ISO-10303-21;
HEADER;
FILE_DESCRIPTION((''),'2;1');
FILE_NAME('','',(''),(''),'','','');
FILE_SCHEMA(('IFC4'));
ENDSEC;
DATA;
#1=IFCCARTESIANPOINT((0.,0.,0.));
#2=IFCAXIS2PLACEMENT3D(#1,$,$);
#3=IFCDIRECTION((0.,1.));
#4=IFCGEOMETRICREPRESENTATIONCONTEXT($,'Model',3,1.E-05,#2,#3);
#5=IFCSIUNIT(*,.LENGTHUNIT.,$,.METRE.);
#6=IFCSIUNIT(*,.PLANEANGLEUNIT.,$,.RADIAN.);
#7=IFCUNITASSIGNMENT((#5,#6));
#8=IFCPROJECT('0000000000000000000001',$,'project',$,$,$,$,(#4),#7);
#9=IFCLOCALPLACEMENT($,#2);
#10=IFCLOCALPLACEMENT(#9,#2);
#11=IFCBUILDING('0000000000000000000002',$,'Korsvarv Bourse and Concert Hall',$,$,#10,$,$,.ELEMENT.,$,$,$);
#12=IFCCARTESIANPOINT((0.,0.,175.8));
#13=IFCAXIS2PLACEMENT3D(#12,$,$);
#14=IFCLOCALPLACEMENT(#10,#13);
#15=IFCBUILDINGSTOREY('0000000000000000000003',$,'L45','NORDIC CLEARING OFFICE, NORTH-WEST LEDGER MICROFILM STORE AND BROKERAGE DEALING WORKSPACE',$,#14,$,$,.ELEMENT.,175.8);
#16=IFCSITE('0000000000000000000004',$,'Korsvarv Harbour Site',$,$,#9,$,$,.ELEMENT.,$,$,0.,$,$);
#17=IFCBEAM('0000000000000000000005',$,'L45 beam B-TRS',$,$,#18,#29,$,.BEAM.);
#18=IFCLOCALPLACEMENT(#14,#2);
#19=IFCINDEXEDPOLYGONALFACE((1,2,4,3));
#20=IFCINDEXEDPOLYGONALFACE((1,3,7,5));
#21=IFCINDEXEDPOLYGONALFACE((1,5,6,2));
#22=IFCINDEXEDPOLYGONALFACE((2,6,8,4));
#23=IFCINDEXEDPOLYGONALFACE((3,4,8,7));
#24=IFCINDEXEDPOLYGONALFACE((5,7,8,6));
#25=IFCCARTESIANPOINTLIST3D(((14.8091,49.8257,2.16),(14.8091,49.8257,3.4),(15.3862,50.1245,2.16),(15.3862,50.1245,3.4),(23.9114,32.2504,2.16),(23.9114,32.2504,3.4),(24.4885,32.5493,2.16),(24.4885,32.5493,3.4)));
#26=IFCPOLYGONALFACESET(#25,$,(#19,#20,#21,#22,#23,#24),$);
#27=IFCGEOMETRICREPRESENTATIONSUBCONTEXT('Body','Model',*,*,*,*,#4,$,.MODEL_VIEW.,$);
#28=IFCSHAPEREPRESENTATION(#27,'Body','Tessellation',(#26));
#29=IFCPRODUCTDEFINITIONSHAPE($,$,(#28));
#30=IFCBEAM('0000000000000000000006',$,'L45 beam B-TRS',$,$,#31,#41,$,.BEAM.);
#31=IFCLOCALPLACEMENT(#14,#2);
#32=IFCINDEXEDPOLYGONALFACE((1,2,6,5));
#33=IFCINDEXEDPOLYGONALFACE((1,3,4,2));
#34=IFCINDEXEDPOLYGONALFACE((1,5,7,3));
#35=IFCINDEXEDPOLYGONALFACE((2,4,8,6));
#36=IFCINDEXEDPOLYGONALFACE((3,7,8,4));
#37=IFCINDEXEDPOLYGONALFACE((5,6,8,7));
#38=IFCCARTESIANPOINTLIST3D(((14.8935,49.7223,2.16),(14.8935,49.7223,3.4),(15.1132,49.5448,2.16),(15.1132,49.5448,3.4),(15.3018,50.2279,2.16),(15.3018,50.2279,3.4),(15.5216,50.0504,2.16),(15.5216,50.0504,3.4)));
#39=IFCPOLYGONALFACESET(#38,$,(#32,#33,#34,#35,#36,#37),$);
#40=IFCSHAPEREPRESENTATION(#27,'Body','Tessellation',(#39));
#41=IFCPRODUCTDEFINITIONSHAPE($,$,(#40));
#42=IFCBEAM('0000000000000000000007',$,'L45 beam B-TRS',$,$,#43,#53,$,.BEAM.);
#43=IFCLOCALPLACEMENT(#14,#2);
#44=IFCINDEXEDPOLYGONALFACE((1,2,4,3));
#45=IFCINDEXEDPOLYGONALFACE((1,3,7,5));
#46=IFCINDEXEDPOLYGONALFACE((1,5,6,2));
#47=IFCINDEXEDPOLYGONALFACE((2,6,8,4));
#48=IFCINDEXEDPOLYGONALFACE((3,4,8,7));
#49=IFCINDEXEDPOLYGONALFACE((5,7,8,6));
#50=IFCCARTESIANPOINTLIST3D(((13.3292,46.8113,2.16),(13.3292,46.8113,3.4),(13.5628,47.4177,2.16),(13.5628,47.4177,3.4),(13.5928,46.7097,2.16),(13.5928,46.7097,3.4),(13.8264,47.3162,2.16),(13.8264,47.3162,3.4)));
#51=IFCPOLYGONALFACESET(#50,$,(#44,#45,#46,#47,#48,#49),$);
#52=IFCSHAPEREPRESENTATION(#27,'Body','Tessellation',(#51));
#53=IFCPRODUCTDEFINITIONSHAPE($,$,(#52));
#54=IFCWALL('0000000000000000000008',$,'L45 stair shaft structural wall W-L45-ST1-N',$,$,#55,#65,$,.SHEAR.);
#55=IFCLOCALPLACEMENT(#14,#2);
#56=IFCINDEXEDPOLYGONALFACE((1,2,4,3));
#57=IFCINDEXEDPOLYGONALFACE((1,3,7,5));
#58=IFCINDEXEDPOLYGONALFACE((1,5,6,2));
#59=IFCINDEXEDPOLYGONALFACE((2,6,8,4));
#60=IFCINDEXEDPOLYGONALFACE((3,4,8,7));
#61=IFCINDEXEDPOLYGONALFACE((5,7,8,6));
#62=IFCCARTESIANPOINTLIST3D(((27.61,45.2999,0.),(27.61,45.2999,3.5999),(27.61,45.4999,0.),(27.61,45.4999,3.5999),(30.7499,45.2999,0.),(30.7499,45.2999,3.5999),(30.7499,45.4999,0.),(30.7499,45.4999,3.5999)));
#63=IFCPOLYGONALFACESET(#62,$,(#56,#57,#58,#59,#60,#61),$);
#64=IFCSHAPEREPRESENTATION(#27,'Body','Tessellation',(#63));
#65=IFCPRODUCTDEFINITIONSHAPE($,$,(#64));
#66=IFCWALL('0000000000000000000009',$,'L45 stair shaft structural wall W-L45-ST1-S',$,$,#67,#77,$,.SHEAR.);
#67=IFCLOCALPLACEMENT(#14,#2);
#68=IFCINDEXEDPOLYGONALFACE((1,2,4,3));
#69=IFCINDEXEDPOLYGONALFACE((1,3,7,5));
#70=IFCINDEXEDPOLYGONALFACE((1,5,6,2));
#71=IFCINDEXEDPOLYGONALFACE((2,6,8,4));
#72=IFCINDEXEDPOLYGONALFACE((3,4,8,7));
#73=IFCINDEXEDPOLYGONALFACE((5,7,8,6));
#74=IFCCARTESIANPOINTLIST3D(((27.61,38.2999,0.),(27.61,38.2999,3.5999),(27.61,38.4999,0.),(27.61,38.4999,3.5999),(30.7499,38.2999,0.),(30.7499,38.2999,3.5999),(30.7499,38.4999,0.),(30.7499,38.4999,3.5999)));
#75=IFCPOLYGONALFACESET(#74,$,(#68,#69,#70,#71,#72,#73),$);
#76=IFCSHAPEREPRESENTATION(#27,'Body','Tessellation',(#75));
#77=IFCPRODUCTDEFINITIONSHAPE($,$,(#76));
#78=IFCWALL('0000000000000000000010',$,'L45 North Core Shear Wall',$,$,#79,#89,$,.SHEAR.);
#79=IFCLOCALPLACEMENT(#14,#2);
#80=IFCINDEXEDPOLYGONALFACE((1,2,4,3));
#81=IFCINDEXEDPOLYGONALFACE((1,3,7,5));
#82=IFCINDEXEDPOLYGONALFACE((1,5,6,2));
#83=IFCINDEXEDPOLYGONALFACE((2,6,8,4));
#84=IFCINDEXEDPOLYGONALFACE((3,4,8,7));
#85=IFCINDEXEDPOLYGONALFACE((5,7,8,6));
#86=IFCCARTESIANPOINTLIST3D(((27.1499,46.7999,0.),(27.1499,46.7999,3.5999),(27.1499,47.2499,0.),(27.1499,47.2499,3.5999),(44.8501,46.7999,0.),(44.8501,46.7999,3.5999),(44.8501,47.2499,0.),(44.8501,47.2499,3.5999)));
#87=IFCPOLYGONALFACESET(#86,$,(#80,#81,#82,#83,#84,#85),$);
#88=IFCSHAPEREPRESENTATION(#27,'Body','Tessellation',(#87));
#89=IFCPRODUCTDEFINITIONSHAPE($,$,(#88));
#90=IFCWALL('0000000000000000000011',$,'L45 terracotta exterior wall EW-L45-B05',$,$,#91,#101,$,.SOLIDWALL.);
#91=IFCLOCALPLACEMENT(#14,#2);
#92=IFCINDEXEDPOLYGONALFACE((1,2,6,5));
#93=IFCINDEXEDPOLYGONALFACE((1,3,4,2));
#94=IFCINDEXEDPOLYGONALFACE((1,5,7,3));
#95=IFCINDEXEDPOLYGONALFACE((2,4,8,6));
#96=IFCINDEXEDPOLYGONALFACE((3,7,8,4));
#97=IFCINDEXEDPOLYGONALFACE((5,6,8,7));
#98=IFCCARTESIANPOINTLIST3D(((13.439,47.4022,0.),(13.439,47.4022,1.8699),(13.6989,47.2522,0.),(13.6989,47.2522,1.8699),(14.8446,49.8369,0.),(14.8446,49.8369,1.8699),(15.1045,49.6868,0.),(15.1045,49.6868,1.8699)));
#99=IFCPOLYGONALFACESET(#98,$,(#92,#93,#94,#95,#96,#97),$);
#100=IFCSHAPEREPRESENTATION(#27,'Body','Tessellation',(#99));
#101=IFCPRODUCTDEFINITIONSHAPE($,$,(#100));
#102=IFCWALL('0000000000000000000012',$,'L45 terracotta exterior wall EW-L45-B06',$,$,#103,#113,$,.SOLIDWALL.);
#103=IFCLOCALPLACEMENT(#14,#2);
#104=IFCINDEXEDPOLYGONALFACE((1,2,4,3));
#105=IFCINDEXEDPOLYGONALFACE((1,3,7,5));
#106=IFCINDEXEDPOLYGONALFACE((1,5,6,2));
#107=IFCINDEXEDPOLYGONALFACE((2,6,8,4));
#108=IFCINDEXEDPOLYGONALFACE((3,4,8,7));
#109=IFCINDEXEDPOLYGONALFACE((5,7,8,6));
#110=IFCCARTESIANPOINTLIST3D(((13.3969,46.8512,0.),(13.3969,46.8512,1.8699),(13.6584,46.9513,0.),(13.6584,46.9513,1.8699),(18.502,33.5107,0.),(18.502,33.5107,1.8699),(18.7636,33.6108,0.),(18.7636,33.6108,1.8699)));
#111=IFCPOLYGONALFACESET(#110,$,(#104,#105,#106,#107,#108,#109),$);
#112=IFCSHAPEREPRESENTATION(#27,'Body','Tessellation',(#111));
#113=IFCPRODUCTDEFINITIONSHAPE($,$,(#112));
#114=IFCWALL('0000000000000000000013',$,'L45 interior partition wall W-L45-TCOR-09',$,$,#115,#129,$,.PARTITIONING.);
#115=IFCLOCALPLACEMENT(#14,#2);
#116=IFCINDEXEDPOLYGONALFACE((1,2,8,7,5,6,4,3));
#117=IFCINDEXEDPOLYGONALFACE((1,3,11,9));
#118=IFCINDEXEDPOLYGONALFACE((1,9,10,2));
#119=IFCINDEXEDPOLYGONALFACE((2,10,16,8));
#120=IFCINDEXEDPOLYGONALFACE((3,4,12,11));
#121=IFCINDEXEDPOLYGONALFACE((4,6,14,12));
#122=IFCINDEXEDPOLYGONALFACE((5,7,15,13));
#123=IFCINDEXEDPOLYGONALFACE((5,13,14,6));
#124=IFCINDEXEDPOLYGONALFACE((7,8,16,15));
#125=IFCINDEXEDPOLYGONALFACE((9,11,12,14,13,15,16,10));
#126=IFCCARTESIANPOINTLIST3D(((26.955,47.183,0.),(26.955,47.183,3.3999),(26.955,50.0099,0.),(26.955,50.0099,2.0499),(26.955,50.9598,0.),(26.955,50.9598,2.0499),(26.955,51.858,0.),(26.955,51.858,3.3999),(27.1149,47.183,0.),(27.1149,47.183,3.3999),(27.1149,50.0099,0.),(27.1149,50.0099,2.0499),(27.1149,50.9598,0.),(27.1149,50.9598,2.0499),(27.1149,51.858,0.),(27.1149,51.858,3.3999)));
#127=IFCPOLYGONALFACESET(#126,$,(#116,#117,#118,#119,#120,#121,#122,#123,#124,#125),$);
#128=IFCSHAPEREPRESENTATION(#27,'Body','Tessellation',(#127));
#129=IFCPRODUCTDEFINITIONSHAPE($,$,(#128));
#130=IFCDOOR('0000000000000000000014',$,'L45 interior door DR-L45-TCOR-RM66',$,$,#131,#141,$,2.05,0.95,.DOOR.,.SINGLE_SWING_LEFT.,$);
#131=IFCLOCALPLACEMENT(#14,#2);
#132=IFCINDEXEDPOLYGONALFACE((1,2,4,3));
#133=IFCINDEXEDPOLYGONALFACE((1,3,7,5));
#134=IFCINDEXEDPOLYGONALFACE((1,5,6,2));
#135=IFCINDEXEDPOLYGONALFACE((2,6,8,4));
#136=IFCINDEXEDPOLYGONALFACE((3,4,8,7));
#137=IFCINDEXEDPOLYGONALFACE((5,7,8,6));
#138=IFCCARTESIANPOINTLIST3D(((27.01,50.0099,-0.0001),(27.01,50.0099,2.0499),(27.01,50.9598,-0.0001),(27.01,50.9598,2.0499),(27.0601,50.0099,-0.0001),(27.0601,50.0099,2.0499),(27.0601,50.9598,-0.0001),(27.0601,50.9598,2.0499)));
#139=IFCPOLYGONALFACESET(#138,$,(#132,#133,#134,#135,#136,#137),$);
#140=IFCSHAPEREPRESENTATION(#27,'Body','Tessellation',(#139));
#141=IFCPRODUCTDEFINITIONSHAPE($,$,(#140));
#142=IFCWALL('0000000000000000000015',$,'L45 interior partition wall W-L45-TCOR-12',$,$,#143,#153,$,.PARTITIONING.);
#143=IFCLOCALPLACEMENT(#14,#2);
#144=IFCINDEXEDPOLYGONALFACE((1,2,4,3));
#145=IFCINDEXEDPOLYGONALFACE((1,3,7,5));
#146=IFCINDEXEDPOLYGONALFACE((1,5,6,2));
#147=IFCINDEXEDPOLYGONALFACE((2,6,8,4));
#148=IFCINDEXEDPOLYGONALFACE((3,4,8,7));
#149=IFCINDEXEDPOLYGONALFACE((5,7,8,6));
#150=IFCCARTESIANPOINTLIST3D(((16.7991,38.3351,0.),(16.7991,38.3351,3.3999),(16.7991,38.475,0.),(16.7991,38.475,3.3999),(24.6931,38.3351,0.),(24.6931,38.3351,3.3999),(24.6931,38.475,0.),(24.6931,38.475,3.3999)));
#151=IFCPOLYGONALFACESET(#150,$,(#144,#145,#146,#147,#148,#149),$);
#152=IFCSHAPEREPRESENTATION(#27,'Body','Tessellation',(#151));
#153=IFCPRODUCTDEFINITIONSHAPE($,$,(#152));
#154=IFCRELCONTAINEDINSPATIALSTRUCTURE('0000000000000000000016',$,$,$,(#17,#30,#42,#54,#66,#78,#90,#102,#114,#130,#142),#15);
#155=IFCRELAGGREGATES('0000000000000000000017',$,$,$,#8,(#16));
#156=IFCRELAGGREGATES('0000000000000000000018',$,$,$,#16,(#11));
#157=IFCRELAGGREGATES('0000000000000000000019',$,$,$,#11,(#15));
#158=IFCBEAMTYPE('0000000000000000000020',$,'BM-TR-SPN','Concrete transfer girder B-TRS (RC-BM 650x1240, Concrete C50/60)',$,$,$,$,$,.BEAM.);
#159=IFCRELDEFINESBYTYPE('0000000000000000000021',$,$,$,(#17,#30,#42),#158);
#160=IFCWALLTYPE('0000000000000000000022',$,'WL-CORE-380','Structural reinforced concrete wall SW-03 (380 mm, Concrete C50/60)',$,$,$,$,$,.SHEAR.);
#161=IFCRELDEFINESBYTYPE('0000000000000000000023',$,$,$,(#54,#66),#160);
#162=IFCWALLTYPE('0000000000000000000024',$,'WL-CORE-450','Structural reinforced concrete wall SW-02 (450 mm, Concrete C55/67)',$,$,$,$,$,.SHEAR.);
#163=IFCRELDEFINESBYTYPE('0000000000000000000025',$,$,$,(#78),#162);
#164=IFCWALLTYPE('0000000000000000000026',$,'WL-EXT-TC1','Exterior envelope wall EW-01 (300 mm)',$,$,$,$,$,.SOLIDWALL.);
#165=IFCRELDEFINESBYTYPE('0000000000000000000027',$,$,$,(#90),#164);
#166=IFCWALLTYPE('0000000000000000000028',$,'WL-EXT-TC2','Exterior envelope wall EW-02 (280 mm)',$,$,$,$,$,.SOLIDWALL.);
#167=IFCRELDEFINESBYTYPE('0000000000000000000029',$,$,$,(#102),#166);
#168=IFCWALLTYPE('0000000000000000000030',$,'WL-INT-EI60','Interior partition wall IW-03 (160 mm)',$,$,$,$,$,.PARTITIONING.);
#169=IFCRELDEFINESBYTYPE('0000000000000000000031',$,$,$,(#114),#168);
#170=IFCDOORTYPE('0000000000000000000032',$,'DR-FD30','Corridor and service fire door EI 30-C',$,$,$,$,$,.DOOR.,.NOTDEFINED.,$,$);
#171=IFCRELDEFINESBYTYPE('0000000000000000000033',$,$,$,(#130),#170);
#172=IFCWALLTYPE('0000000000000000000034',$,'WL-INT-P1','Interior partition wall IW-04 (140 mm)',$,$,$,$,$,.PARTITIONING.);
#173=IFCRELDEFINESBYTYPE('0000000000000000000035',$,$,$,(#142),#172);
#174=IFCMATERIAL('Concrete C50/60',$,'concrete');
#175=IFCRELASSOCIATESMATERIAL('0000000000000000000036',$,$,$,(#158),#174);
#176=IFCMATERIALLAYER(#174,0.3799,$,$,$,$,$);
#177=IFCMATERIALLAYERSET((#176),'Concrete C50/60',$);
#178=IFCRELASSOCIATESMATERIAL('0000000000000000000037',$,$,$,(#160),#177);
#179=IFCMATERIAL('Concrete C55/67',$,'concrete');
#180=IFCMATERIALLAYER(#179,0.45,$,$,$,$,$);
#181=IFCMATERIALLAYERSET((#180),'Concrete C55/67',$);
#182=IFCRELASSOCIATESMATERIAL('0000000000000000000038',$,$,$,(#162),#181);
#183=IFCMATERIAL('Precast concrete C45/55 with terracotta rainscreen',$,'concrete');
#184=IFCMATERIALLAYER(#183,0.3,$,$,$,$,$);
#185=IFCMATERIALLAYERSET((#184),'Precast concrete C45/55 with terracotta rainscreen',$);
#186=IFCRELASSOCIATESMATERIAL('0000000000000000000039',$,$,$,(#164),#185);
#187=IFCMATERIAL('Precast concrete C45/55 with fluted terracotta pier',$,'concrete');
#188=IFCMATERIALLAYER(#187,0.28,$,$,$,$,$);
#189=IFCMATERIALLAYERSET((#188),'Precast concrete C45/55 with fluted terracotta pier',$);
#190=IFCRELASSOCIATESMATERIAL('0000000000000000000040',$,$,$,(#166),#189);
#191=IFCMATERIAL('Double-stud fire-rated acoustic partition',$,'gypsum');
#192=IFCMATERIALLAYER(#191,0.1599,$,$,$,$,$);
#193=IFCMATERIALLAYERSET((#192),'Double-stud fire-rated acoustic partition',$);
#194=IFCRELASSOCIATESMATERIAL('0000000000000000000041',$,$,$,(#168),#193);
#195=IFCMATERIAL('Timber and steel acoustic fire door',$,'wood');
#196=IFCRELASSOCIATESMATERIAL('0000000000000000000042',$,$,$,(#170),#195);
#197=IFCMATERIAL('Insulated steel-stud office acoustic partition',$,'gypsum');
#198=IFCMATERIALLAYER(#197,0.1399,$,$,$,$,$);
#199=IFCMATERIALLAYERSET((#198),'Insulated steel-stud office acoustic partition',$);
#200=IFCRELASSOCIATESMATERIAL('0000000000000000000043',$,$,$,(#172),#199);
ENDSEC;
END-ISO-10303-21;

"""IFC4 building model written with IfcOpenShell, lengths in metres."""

from ifc_helpers import new_model, si_unit, direction, frame, frame_2d, origin, origin_2d, place, context, subcontext, project, spatial, rectangle, extrude, source, transform, mapped, material, layer, layer_set, material_profile, profile_set, type_object, element, fill, save


model = new_model("IFC4")

# Units and contexts
model_context = context("Model", 3, precision=1e-05, world=origin(), true_north=direction((0.0, 1.0)))
body_context = subcontext(model_context, "Body", "Model", "MODEL_VIEW")
ifc_project = project(units=[si_unit("LENGTHUNIT", "METRE"), si_unit("PLANEANGLEUNIT", "RADIAN")], contexts=[model_context])

# Site, building, storey
site_placement = place(None, origin())
site = spatial("IfcSite", under=ifc_project, at=site_placement, Name="Korsvarv Harbour Site", CompositionType="ELEMENT", RefElevation=0.0)
building_placement = place(site_placement, origin())
building = spatial("IfcBuilding", under=site, at=building_placement, Name="Korsvarv Bourse and Concert Hall", CompositionType="ELEMENT")
storey_placement = place(building_placement, frame((0.0, 0.0, 175.8)))
storey = spatial("IfcBuildingStorey", under=building, at=storey_placement, Name="L45", Description="NORDIC CLEARING OFFICE, NORTH-WEST LEDGER MICROFILM STORE AND BROKERAGE DEALING WORKSPACE", CompositionType="ELEMENT", Elevation=175.8)

# Shared definitions
ifc_material_1 = material(Name="Concrete C55/67", Category="concrete")

# Beams
ifc_material_2 = material(Name="Concrete C50/60", Category="concrete")
ifc_material_profile_1 = material_profile(ifc_material_2, rectangle(XDim=0.6499, YDim=1.24, at=origin_2d()), Name="RC-BM 650x1240")
ifc_profile_set_1 = profile_set([ifc_material_profile_1], Name="Concrete C50/60")
beam_type_1 = type_object("IfcBeamType", Name="BM-TR-SPN", Description="Concrete transfer girder B-TRS (RC-BM 650x1240, Concrete C50/60)", PredefinedType="BEAM", material=ifc_profile_set_1)
shared_shape_1 = source(origin(), body_context, "Body", "SweptSolid", [
    extrude(rectangle(XDim=0.6499, YDim=1.24, at=origin_2d()), origin(), (0.0, 0.0, 1.0), 19.7925),
])
beam_1_placement = place(storey_placement, frame((15.0977, 49.9751, 2.78), z_axis=(0.459888, -0.887977, 0.0), x_axis=(0.887977, 0.459888, 0.0)))
element("IfcBeam", 1, at=beam_1_placement, inside=storey, type_object=beam_type_1, Name="L45 beam B-TRS", PredefinedType="BEAM", context=body_context, shape_type="MappedRepresentation", body=[
    mapped(shared_shape_1, transform((0.0, 0.0, 0.0), scale=1.0)),
])
shared_shape_2 = source(origin(), body_context, "Body", "SweptSolid", [
    extrude(rectangle(XDim=0.6499, YDim=1.24, at=origin_2d()), origin(), (0.0, 0.0, 1.0), 0.2825),
])
for number, where, z_axis, x_axis, name in (
    (2, (15.0977, 49.9751, 2.78), (0.777909, -0.628377, 0.0), (0.628377, 0.777909, 0.0), "L45 beam B-TRS"),
    (3, (13.446, 47.1145, 2.78), (0.933167, -0.359442, 0.0), (0.359442, 0.933167, 0.0), "L45 beam B-TRS"),
):
    element("IfcBeam", number, at=place(storey_placement, frame(where, z_axis=z_axis, x_axis=x_axis)), inside=storey, type_object=beam_type_1, Name=name, PredefinedType="BEAM", context=body_context, shape_type="MappedRepresentation", body=[
        mapped(shared_shape_2, transform((0.0, 0.0, 0.0), scale=1.0)),
    ])

# Walls
ifc_layer_1 = layer(ifc_material_2, 0.3799)
ifc_layer_set_1 = layer_set([ifc_layer_1], Name="Concrete C50/60")
wall_type_1 = type_object("IfcWallType", Name="WL-CORE-380", Description="Structural reinforced concrete wall SW-03 (380 mm, Concrete C50/60)", PredefinedType="SHEAR", material=ifc_layer_set_1)
for number, where, z_axis, x_axis, name in (
    (4, (27.6101, 45.3999, 0.0), (0.0, 0.0, 1.0), (1.0, 0.0, 0.0), "L45 stair shaft structural wall W-L45-ST1-N"),
    (5, (27.6101, 38.3999, 0.0), (0.0, 0.0, 1.0), (1.0, 0.0, 0.0), "L45 stair shaft structural wall W-L45-ST1-S"),
):
    element("IfcWall", number, at=place(storey_placement, frame(where, z_axis=z_axis, x_axis=x_axis)), inside=storey, type_object=wall_type_1, Name=name, PredefinedType="SHEAR", context=body_context, shape_type="SweptSolid", body=[
        extrude(rectangle(XDim=3.1399, YDim=0.2, at=frame_2d((1.5698, 0.0))), origin(), (0.0, 0.0, 1.0), 3.5999),
    ])
ifc_layer_2 = layer(ifc_material_1, 0.45)
ifc_layer_set_2 = layer_set([ifc_layer_2], Name="Concrete C55/67")
wall_type_2 = type_object("IfcWallType", Name="WL-CORE-450", Description="Structural reinforced concrete wall SW-02 (450 mm, Concrete C55/67)", PredefinedType="SHEAR", material=ifc_layer_set_2)
wall_1_placement = place(storey_placement, frame((27.1499, 47.0249, 0.0), z_axis=(0.0, 0.0, 1.0), x_axis=(1.0, 0.0, 0.0)))
element("IfcWall", 6, at=wall_1_placement, inside=storey, type_object=wall_type_2, Name="L45 North Core Shear Wall", PredefinedType="SHEAR", context=body_context, shape_type="SweptSolid", body=[
    extrude(rectangle(XDim=17.7002, YDim=0.45, at=frame_2d((8.8501, 0.0))), origin(), (0.0, 0.0, 1.0), 3.5999),
])
ifc_material_3 = material(Name="Precast concrete C45/55 with terracotta rainscreen", Category="concrete")
ifc_layer_3 = layer(ifc_material_3, 0.3)
ifc_layer_set_3 = layer_set([ifc_layer_3], Name="Precast concrete C45/55 with terracotta rainscreen")
wall_type_3 = type_object("IfcWallType", Name="WL-EXT-TC1", Description="Exterior envelope wall EW-01 (300 mm)", PredefinedType="SOLIDWALL", material=ifc_layer_set_3)
wall_2_placement = place(storey_placement, frame((14.9746, 49.762, 0.0), z_axis=(0.0, 0.0, 1.0), x_axis=(-0.499978, -0.866038, 0.0)))
element("IfcWall", 7, at=wall_2_placement, inside=storey, type_object=wall_type_3, Name="L45 terracotta exterior wall EW-L45-B05", PredefinedType="SOLIDWALL", context=body_context, shape_type="SweptSolid", body=[
    extrude(rectangle(XDim=2.8113, YDim=0.3, at=frame_2d((1.4058, 0.0))), origin(), (0.0, 0.0, 1.0), 1.8699),
])
ifc_material_4 = material(Name="Precast concrete C45/55 with fluted terracotta pier", Category="concrete")
ifc_layer_4 = layer(ifc_material_4, 0.28)
ifc_layer_set_4 = layer_set([ifc_layer_4], Name="Precast concrete C45/55 with fluted terracotta pier")
wall_type_4 = type_object("IfcWallType", Name="WL-EXT-TC2", Description="Exterior envelope wall EW-02 (280 mm)", PredefinedType="SOLIDWALL", material=ifc_layer_set_4)
wall_3_placement = place(storey_placement, frame((13.5276, 46.9014, 0.0), z_axis=(0.0, 0.0, 1.0), x_axis=(0.357407, -0.933949, 0.0)))
element("IfcWall", 8, at=wall_3_placement, inside=storey, type_object=wall_type_4, Name="L45 terracotta exterior wall EW-L45-B06", PredefinedType="SOLIDWALL", context=body_context, shape_type="SweptSolid", body=[
    extrude(rectangle(XDim=14.2839, YDim=0.28, at=frame_2d((7.1421, 0.0))), origin(), (0.0, 0.0, 1.0), 1.8699),
])

# Wall, opening, door
ifc_material_5 = material(Name="Double-stud fire-rated acoustic partition", Category="gypsum")
ifc_layer_5 = layer(ifc_material_5, 0.1599)
ifc_layer_set_5 = layer_set([ifc_layer_5], Name="Double-stud fire-rated acoustic partition")
wall_type_5 = type_object("IfcWallType", Name="WL-INT-EI60", Description="Interior partition wall IW-03 (160 mm)", PredefinedType="PARTITIONING", material=ifc_layer_set_5)
wall_4_placement = place(storey_placement, frame((27.0349, 47.1831, 0.0), z_axis=(0.0, 0.0, 1.0), x_axis=(0.0, 1.0, 0.0)))
wall_4 = element("IfcWall", 9, at=wall_4_placement, inside=storey, type_object=wall_type_5, Name="L45 interior partition wall W-L45-TCOR-09", PredefinedType="PARTITIONING", context=body_context, shape_type="SweptSolid", body=[
    extrude(rectangle(XDim=4.675, YDim=0.1599, at=frame_2d((2.3374, 0.0))), origin(), (0.0, 0.0, 1.0), 3.3999),
])
opening_placement = place(wall_4_placement, frame((2.8267, 0.0, 0.0)))
opening = element("IfcOpeningElement", 10, at=opening_placement, cuts=wall_4, PredefinedType="OPENING", context=body_context, shape_type="SweptSolid", body=[
    extrude(rectangle(XDim=0.95, YDim=2.05, at=frame_2d((0.4751, 1.0249))), frame((0.0, 0.0898, 0.0), z_axis=(0.0, -1.0, 0.0), x_axis=(1.0, 0.0, 0.0)), (0.0, 0.0, 1.0), 0.1799),
])
ifc_material_6 = material(Name="Timber and steel acoustic fire door", Category="wood")
door_type = type_object("IfcDoorType", Name="DR-FD30", Description="Corridor and service fire door EI 30-C", OperationType="NOTDEFINED", PredefinedType="DOOR", material=ifc_material_6)
door_placement = place(opening_placement, origin())
door = element("IfcDoor", 11, at=door_placement, inside=storey, type_object=door_type, Name="L45 interior door DR-L45-TCOR-RM66", OperationType="SINGLE_SWING_LEFT", OverallHeight=2.05, OverallWidth=0.95, PredefinedType="DOOR", context=body_context, shape_type="SweptSolid", body=[
    extrude(rectangle(XDim=0.95, YDim=2.05, at=frame_2d((0.4751, 1.0249))), frame((0.0, 0.0249, 0.0), z_axis=(0.0, -1.0, 0.0), x_axis=(1.0, 0.0, 0.0)), (0.0, 0.0, 1.0), 0.05),
])
fill(opening, door)

# Wall
ifc_material_7 = material(Name="Insulated steel-stud office acoustic partition", Category="gypsum")
ifc_layer_6 = layer(ifc_material_7, 0.1399)
ifc_layer_set_6 = layer_set([ifc_layer_6], Name="Insulated steel-stud office acoustic partition")
wall_type_6 = type_object("IfcWallType", Name="WL-INT-P1", Description="Interior partition wall IW-04 (140 mm)", PredefinedType="PARTITIONING", material=ifc_layer_set_6)
wall_5_placement = place(storey_placement, frame((16.7991, 38.405, 0.0), z_axis=(0.0, 0.0, 1.0), x_axis=(1.0, 0.0, 0.0)))
element("IfcWall", 12, at=wall_5_placement, inside=storey, type_object=wall_type_6, Name="L45 interior partition wall W-L45-TCOR-12", PredefinedType="PARTITIONING", context=body_context, shape_type="SweptSolid", body=[
    extrude(rectangle(XDim=7.894, YDim=0.1399, at=frame_2d((3.947, 0.0))), origin(), (0.0, 0.0, 1.0), 3.3999),
])

save(model, "model.ifc")
